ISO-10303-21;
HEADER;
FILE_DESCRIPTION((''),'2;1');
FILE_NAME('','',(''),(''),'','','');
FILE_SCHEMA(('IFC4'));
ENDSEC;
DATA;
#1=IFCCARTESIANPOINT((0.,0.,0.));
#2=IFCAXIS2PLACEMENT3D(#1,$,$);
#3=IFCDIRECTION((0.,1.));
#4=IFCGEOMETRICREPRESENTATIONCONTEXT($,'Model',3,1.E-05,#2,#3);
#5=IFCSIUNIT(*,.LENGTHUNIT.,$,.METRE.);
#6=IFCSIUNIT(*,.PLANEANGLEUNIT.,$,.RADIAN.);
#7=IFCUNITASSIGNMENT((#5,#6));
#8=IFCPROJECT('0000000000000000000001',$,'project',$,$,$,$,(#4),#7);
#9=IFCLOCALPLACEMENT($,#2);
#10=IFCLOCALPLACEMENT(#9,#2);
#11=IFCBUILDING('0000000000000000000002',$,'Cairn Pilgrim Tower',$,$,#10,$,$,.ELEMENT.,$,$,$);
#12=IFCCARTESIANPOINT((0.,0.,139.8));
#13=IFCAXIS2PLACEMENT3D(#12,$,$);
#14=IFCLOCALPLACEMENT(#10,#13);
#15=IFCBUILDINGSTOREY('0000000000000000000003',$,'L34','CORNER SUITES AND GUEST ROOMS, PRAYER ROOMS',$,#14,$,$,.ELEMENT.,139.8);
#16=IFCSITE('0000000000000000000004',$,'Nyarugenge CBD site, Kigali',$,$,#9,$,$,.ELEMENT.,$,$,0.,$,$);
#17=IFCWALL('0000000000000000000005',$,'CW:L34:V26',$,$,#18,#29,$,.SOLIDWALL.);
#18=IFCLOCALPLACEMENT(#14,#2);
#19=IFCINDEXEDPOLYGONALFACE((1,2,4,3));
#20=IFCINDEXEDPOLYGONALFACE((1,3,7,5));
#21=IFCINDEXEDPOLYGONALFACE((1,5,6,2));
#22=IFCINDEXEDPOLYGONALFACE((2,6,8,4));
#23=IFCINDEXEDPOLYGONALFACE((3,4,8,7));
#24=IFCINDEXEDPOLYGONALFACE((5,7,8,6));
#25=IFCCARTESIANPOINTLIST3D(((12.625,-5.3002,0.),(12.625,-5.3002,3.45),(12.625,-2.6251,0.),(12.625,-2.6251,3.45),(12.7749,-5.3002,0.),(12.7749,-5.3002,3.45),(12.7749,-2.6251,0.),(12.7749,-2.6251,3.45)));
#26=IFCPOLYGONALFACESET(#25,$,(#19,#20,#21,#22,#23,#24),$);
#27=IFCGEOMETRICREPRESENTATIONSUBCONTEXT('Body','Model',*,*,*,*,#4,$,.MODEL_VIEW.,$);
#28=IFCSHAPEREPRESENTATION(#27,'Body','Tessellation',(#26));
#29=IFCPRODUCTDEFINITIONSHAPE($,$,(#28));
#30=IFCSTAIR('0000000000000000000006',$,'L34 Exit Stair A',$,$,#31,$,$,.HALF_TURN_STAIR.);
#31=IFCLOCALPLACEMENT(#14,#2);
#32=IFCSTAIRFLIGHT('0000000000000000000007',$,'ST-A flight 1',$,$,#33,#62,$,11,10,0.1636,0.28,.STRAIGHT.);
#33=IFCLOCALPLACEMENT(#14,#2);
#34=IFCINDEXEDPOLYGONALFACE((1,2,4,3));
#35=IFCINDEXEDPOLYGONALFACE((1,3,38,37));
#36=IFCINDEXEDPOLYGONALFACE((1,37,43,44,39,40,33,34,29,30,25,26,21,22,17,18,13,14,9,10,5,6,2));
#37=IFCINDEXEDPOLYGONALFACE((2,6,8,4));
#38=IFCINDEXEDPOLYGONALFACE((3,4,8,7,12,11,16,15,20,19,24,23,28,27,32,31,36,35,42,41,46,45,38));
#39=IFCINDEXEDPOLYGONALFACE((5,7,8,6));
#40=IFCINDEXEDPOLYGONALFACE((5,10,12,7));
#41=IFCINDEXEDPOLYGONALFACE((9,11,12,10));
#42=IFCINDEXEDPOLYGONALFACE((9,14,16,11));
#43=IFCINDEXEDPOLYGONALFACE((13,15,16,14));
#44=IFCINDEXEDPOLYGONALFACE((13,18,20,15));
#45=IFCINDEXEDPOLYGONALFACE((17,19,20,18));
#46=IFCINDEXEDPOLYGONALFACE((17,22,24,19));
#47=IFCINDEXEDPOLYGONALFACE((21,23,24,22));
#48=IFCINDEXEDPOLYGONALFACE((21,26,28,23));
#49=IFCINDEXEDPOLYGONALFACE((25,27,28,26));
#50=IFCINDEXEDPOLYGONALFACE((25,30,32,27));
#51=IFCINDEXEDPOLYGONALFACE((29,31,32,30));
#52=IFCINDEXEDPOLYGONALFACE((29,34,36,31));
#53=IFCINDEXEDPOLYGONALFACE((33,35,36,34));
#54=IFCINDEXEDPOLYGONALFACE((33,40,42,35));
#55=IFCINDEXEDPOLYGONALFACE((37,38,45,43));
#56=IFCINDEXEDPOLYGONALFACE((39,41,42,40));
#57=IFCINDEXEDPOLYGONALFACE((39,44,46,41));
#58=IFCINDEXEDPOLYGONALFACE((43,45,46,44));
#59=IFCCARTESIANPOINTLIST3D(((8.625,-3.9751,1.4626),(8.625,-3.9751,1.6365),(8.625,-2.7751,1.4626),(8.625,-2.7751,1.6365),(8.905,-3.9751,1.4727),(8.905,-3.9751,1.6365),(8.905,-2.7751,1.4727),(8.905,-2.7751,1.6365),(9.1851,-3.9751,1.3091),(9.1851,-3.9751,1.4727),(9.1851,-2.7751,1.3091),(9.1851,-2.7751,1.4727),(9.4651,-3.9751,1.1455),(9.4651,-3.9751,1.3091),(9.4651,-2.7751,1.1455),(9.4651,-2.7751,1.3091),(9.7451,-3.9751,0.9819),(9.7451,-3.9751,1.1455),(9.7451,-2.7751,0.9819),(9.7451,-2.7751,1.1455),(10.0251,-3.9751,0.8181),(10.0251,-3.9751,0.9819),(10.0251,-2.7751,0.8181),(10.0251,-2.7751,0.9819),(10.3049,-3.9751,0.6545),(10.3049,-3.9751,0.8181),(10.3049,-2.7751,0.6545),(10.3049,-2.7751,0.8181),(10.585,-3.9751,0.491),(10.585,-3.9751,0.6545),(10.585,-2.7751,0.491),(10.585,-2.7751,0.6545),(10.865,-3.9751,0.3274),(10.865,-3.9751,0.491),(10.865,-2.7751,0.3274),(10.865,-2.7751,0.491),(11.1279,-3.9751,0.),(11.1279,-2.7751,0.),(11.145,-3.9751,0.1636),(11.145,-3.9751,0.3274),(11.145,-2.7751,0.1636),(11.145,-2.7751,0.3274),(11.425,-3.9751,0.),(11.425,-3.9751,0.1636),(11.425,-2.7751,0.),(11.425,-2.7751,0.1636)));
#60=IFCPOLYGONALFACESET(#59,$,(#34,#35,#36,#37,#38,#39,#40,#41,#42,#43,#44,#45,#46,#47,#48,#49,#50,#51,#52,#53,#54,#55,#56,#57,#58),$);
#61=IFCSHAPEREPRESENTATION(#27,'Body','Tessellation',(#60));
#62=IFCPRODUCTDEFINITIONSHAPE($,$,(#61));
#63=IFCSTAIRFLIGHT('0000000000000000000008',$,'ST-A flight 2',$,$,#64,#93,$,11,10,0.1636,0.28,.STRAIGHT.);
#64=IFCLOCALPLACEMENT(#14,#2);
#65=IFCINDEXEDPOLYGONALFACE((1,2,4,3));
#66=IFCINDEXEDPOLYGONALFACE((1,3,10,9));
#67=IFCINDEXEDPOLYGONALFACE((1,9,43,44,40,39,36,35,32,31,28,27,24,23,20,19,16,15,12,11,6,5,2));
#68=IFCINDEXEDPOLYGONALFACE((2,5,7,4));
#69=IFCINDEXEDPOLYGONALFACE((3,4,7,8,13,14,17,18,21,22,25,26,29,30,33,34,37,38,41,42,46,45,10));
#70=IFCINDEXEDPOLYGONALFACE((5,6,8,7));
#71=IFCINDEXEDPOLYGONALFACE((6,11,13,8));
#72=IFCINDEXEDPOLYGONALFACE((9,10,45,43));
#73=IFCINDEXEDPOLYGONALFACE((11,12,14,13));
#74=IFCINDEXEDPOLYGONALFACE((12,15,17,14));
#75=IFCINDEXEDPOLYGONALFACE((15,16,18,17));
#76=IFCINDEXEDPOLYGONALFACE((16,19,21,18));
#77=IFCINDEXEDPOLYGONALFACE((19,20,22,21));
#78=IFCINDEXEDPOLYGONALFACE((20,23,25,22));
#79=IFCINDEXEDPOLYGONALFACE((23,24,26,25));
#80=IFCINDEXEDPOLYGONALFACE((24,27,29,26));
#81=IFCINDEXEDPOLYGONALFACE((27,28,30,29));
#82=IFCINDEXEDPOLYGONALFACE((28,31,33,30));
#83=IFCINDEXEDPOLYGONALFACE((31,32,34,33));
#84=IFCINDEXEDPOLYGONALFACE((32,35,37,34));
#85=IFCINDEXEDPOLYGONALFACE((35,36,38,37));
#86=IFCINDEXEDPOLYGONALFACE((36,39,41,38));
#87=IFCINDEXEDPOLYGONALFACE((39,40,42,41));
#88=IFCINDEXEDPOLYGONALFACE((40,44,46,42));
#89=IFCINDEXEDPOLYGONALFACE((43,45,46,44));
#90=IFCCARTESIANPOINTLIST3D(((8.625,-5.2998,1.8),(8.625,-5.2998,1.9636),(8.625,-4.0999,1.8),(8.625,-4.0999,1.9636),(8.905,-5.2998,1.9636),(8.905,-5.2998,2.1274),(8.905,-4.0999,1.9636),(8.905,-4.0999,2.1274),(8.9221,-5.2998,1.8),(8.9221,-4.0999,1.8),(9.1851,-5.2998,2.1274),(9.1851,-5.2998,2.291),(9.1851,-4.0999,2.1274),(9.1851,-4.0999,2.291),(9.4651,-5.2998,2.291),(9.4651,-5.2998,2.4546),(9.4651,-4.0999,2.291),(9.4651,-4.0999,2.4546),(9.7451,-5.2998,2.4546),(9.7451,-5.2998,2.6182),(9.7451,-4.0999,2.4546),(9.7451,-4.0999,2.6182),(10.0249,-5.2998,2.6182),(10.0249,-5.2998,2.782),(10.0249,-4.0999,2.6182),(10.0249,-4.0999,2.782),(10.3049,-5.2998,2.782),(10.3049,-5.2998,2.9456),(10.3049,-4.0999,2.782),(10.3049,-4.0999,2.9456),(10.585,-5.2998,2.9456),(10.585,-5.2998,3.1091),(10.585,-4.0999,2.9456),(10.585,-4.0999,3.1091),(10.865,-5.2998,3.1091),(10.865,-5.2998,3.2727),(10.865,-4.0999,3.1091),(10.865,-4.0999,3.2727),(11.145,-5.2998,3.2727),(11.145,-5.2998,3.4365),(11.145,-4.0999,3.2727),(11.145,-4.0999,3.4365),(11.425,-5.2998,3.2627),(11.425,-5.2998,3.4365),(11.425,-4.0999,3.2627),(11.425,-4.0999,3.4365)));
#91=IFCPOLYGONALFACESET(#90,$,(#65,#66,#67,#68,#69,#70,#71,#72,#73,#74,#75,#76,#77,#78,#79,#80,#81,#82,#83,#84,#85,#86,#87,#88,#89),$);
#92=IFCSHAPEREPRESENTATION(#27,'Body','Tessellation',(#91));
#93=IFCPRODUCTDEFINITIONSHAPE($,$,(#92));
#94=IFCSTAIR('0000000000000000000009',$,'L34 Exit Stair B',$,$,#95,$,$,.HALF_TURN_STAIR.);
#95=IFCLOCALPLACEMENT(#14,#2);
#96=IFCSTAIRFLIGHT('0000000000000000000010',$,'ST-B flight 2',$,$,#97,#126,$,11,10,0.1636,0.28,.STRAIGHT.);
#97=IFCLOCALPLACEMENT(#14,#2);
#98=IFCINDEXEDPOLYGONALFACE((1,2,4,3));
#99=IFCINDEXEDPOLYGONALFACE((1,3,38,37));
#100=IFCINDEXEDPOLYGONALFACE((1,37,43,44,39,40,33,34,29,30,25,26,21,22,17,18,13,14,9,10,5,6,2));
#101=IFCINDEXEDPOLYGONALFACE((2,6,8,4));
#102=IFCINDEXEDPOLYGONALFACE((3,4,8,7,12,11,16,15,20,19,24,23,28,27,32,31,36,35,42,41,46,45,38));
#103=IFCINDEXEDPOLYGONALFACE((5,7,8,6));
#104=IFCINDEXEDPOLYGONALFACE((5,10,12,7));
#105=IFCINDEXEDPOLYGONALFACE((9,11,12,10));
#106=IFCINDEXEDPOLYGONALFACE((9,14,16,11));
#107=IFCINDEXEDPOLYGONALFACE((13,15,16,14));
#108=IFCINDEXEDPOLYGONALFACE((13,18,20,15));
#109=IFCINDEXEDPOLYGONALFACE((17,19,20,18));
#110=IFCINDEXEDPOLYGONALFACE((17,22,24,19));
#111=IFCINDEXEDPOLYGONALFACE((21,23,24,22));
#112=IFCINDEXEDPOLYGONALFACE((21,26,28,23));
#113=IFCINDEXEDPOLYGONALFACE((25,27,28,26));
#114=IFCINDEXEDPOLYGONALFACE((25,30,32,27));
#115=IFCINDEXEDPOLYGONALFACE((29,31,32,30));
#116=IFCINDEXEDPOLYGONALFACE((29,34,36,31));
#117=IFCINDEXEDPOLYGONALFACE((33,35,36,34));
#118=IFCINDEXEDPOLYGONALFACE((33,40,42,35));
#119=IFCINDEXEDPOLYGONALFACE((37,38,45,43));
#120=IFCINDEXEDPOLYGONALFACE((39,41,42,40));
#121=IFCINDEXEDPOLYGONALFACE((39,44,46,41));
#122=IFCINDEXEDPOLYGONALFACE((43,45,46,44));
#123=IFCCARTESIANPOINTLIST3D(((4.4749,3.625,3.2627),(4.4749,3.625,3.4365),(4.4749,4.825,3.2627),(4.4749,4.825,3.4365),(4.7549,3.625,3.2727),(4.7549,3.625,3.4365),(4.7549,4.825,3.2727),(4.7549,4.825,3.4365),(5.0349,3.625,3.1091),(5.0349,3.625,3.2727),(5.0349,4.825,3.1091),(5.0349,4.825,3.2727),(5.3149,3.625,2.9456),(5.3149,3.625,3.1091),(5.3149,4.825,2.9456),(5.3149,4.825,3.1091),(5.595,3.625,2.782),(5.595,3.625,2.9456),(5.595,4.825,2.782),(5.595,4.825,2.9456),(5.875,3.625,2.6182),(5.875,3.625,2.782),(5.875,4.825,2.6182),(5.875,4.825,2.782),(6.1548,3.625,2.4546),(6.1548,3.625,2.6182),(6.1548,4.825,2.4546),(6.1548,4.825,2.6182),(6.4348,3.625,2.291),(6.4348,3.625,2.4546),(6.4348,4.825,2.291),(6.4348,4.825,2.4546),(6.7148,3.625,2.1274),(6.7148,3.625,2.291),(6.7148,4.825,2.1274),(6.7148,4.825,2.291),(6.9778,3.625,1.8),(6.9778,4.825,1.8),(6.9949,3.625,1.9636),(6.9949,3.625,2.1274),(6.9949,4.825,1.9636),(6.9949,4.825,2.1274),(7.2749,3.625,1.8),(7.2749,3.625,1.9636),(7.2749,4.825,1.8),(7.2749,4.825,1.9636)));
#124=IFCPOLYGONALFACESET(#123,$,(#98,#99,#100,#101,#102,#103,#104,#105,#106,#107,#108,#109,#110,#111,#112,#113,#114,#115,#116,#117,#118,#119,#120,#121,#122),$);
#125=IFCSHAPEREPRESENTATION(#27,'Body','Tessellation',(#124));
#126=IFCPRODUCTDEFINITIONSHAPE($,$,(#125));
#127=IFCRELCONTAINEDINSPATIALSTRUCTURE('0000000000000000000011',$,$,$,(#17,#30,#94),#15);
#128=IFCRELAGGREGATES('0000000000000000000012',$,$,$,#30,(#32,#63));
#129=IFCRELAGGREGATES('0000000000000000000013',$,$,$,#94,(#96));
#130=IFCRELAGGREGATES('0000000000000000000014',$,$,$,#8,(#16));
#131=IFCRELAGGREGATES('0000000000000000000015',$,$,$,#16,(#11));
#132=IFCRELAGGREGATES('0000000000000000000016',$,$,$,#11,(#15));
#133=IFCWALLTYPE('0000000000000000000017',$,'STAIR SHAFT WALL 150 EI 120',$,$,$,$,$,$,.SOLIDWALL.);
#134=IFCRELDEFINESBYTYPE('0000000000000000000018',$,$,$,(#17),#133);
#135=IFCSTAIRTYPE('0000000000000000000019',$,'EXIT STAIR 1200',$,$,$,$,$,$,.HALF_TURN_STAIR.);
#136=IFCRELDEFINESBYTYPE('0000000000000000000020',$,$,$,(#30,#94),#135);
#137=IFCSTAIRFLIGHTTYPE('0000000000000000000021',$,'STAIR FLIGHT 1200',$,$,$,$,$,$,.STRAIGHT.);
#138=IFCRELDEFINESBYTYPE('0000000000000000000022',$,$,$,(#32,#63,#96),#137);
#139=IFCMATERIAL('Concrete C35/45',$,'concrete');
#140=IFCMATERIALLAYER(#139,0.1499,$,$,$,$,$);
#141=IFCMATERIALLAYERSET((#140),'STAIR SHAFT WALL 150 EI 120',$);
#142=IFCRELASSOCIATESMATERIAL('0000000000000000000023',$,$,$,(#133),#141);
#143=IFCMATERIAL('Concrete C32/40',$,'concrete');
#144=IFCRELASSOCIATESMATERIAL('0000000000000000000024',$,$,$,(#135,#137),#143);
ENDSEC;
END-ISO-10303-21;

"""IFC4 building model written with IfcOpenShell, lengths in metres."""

from ifc_helpers import new_model, si_unit, direction, frame, frame_2d, origin, place, context, subcontext, project, spatial, polyline, rectangle, outline, extrude, material, layer, layer_set, type_object, element, aggregate, save


model = new_model("IFC4")

# Units and contexts
model_context = context("Model", 3, precision=1e-05, world=origin(), true_north=direction((0.0, 1.0)))
body_context = subcontext(model_context, "Body", "Model", "MODEL_VIEW")
ifc_project = project(units=[si_unit("LENGTHUNIT", "METRE"), si_unit("PLANEANGLEUNIT", "RADIAN")], contexts=[model_context])

# Site, building, storey
site_placement = place(None, origin())
site = spatial("IfcSite", under=ifc_project, at=site_placement, Name="Nyarugenge CBD site, Kigali", CompositionType="ELEMENT", RefElevation=0.0)
building_placement = place(site_placement, origin())
building = spatial("IfcBuilding", under=site, at=building_placement, Name="Cairn Pilgrim Tower", CompositionType="ELEMENT")
storey_placement = place(building_placement, frame((0.0, 0.0, 139.8)))
storey = spatial("IfcBuildingStorey", under=building, at=storey_placement, Name="L34", Description="CORNER SUITES AND GUEST ROOMS, PRAYER ROOMS", CompositionType="ELEMENT", Elevation=139.8)

# Shared definitions
ifc_material_1 = material(Name="Concrete C32/40", Category="concrete")

# Wall
ifc_material_2 = material(Name="Concrete C35/45", Category="concrete")
ifc_layer_1 = layer(ifc_material_2, 0.1499)
ifc_layer_set_1 = layer_set([ifc_layer_1], Name="STAIR SHAFT WALL 150 EI 120")
wall_type_1 = type_object("IfcWallType", Name="STAIR SHAFT WALL 150 EI 120", PredefinedType="SOLIDWALL", material=ifc_layer_set_1)
wall_1_placement = place(storey_placement, frame((12.7, -5.3, 0.0), z_axis=(0.0, 0.0, 1.0), x_axis=(0.0, 1.0, 0.0)))
element("IfcWall", 1, at=wall_1_placement, inside=storey, type_object=wall_type_1, Name="CW:L34:V26", PredefinedType="SOLIDWALL", context=body_context, shape_type="SweptSolid", body=[
    extrude(rectangle(XDim=2.675, YDim=0.1499, at=frame_2d((1.3374, 0.0))), origin(), (0.0, 0.0, 1.0), 3.45),
])

# Stair, stair flights
stair_type = type_object("IfcStairType", Name="EXIT STAIR 1200", PredefinedType="HALF_TURN_STAIR", material=ifc_material_1)
stair_1_placement = place(storey_placement, origin())
stair_1 = element("IfcStair", 2, at=stair_1_placement, inside=storey, type_object=stair_type, Name="L34 Exit Stair A", PredefinedType="HALF_TURN_STAIR")
stair_flight_type = type_object("IfcStairFlightType", Name="STAIR FLIGHT 1200", PredefinedType="STRAIGHT", material=ifc_material_1)
stair_flight_1_placement = place(storey_placement, frame((11.425, -3.375, 0.0), z_axis=(0.0, 0.0, 1.0), x_axis=(-1.0, 0.0, 0.0)))
stair_flight_1 = element("IfcStairFlight", 3, at=stair_flight_1_placement, type_object=stair_flight_type, Name="ST-A flight 1", NumberOfRisers=11, NumberOfTreads=10, PredefinedType="STRAIGHT", RiserHeight=0.1636, TreadLength=0.28, context=body_context, shape_type="SweptSolid", body=[
    extrude(outline(polyline([(0.0, 0.0), (0.0, 0.1636), (0.28, 0.1636), (0.28, 0.3274), (0.5601, 0.3274), (0.5601, 0.491), (0.8401, 0.491), (0.8401, 0.6545), (1.1201, 0.6545), (1.1201, 0.8181), (1.3999, 0.8181), (1.3999, 0.9819), (1.6799, 0.9819), (1.6799, 1.1455), (1.96, 1.1455), (1.96, 1.3091), (2.24, 1.3091), (2.24, 1.4727), (2.52, 1.4727), (2.52, 1.6365), (2.8, 1.6365), (2.8, 1.8), (2.8, 1.4626), (0.2971, 0.0), (0.0, 0.0)])), frame((0.0, 0.6001, 0.0), z_axis=(0.0, -1.0, 0.0), x_axis=(1.0, 0.0, 0.0)), (0.0, 0.0, 1.0), 1.2),
])
stair_flight_2_placement = place(storey_placement, frame((8.625, -4.7, 1.8), z_axis=(0.0, 0.0, 1.0), x_axis=(1.0, 0.0, 0.0)))
stair_flight_2 = element("IfcStairFlight", 4, at=stair_flight_2_placement, type_object=stair_flight_type, Name="ST-A flight 2", NumberOfRisers=11, NumberOfTreads=10, PredefinedType="STRAIGHT", RiserHeight=0.1636, TreadLength=0.28, context=body_context, shape_type="SweptSolid", body=[
    extrude(outline(polyline([(0.0, 0.0), (0.0, 0.1636), (0.28, 0.1636), (0.28, 0.3274), (0.5601, 0.3274), (0.5601, 0.491), (0.8401, 0.491), (0.8401, 0.6545), (1.1201, 0.6545), (1.1201, 0.8181), (1.3999, 0.8181), (1.3999, 0.9819), (1.6799, 0.9819), (1.6799, 1.1455), (1.96, 1.1455), (1.96, 1.3091), (2.24, 1.3091), (2.24, 1.4727), (2.52, 1.4727), (2.52, 1.6365), (2.8, 1.6365), (2.8, 1.8), (2.8, 1.4626), (0.2971, 0.0), (0.0, 0.0)])), frame((0.0, 0.6001, 0.0), z_axis=(0.0, -1.0, 0.0), x_axis=(1.0, 0.0, 0.0)), (0.0, 0.0, 1.0), 1.2),
])
aggregate(stair_1, [stair_flight_1, stair_flight_2])

# Stair, stair flight
stair_2_placement = place(storey_placement, origin())
stair_2 = element("IfcStair", 5, at=stair_2_placement, inside=storey, type_object=stair_type, Name="L34 Exit Stair B", PredefinedType="HALF_TURN_STAIR")
stair_flight_3_placement = place(storey_placement, frame((7.2749, 4.2251, 1.8), z_axis=(0.0, 0.0, 1.0), x_axis=(-1.0, 0.0, 0.0)))
stair_flight_3 = element("IfcStairFlight", 6, at=stair_flight_3_placement, type_object=stair_flight_type, Name="ST-B flight 2", NumberOfRisers=11, NumberOfTreads=10, PredefinedType="STRAIGHT", RiserHeight=0.1636, TreadLength=0.28, context=body_context, shape_type="SweptSolid", body=[
    extrude(outline(polyline([(0.0, 0.0), (0.0, 0.1636), (0.28, 0.1636), (0.28, 0.3274), (0.5601, 0.3274), (0.5601, 0.491), (0.8401, 0.491), (0.8401, 0.6545), (1.1201, 0.6545), (1.1201, 0.8181), (1.3999, 0.8181), (1.3999, 0.9819), (1.6799, 0.9819), (1.6799, 1.1455), (1.96, 1.1455), (1.96, 1.3091), (2.24, 1.3091), (2.24, 1.4727), (2.52, 1.4727), (2.52, 1.6365), (2.8, 1.6365), (2.8, 1.8), (2.8, 1.4626), (0.2971, 0.0), (0.0, 0.0)])), frame((0.0, 0.6001, 0.0), z_axis=(0.0, -1.0, 0.0), x_axis=(1.0, 0.0, 0.0)), (0.0, 0.0, 1.0), 1.2),
])
aggregate(stair_2, [stair_flight_3])

save(model, "model.ifc")
